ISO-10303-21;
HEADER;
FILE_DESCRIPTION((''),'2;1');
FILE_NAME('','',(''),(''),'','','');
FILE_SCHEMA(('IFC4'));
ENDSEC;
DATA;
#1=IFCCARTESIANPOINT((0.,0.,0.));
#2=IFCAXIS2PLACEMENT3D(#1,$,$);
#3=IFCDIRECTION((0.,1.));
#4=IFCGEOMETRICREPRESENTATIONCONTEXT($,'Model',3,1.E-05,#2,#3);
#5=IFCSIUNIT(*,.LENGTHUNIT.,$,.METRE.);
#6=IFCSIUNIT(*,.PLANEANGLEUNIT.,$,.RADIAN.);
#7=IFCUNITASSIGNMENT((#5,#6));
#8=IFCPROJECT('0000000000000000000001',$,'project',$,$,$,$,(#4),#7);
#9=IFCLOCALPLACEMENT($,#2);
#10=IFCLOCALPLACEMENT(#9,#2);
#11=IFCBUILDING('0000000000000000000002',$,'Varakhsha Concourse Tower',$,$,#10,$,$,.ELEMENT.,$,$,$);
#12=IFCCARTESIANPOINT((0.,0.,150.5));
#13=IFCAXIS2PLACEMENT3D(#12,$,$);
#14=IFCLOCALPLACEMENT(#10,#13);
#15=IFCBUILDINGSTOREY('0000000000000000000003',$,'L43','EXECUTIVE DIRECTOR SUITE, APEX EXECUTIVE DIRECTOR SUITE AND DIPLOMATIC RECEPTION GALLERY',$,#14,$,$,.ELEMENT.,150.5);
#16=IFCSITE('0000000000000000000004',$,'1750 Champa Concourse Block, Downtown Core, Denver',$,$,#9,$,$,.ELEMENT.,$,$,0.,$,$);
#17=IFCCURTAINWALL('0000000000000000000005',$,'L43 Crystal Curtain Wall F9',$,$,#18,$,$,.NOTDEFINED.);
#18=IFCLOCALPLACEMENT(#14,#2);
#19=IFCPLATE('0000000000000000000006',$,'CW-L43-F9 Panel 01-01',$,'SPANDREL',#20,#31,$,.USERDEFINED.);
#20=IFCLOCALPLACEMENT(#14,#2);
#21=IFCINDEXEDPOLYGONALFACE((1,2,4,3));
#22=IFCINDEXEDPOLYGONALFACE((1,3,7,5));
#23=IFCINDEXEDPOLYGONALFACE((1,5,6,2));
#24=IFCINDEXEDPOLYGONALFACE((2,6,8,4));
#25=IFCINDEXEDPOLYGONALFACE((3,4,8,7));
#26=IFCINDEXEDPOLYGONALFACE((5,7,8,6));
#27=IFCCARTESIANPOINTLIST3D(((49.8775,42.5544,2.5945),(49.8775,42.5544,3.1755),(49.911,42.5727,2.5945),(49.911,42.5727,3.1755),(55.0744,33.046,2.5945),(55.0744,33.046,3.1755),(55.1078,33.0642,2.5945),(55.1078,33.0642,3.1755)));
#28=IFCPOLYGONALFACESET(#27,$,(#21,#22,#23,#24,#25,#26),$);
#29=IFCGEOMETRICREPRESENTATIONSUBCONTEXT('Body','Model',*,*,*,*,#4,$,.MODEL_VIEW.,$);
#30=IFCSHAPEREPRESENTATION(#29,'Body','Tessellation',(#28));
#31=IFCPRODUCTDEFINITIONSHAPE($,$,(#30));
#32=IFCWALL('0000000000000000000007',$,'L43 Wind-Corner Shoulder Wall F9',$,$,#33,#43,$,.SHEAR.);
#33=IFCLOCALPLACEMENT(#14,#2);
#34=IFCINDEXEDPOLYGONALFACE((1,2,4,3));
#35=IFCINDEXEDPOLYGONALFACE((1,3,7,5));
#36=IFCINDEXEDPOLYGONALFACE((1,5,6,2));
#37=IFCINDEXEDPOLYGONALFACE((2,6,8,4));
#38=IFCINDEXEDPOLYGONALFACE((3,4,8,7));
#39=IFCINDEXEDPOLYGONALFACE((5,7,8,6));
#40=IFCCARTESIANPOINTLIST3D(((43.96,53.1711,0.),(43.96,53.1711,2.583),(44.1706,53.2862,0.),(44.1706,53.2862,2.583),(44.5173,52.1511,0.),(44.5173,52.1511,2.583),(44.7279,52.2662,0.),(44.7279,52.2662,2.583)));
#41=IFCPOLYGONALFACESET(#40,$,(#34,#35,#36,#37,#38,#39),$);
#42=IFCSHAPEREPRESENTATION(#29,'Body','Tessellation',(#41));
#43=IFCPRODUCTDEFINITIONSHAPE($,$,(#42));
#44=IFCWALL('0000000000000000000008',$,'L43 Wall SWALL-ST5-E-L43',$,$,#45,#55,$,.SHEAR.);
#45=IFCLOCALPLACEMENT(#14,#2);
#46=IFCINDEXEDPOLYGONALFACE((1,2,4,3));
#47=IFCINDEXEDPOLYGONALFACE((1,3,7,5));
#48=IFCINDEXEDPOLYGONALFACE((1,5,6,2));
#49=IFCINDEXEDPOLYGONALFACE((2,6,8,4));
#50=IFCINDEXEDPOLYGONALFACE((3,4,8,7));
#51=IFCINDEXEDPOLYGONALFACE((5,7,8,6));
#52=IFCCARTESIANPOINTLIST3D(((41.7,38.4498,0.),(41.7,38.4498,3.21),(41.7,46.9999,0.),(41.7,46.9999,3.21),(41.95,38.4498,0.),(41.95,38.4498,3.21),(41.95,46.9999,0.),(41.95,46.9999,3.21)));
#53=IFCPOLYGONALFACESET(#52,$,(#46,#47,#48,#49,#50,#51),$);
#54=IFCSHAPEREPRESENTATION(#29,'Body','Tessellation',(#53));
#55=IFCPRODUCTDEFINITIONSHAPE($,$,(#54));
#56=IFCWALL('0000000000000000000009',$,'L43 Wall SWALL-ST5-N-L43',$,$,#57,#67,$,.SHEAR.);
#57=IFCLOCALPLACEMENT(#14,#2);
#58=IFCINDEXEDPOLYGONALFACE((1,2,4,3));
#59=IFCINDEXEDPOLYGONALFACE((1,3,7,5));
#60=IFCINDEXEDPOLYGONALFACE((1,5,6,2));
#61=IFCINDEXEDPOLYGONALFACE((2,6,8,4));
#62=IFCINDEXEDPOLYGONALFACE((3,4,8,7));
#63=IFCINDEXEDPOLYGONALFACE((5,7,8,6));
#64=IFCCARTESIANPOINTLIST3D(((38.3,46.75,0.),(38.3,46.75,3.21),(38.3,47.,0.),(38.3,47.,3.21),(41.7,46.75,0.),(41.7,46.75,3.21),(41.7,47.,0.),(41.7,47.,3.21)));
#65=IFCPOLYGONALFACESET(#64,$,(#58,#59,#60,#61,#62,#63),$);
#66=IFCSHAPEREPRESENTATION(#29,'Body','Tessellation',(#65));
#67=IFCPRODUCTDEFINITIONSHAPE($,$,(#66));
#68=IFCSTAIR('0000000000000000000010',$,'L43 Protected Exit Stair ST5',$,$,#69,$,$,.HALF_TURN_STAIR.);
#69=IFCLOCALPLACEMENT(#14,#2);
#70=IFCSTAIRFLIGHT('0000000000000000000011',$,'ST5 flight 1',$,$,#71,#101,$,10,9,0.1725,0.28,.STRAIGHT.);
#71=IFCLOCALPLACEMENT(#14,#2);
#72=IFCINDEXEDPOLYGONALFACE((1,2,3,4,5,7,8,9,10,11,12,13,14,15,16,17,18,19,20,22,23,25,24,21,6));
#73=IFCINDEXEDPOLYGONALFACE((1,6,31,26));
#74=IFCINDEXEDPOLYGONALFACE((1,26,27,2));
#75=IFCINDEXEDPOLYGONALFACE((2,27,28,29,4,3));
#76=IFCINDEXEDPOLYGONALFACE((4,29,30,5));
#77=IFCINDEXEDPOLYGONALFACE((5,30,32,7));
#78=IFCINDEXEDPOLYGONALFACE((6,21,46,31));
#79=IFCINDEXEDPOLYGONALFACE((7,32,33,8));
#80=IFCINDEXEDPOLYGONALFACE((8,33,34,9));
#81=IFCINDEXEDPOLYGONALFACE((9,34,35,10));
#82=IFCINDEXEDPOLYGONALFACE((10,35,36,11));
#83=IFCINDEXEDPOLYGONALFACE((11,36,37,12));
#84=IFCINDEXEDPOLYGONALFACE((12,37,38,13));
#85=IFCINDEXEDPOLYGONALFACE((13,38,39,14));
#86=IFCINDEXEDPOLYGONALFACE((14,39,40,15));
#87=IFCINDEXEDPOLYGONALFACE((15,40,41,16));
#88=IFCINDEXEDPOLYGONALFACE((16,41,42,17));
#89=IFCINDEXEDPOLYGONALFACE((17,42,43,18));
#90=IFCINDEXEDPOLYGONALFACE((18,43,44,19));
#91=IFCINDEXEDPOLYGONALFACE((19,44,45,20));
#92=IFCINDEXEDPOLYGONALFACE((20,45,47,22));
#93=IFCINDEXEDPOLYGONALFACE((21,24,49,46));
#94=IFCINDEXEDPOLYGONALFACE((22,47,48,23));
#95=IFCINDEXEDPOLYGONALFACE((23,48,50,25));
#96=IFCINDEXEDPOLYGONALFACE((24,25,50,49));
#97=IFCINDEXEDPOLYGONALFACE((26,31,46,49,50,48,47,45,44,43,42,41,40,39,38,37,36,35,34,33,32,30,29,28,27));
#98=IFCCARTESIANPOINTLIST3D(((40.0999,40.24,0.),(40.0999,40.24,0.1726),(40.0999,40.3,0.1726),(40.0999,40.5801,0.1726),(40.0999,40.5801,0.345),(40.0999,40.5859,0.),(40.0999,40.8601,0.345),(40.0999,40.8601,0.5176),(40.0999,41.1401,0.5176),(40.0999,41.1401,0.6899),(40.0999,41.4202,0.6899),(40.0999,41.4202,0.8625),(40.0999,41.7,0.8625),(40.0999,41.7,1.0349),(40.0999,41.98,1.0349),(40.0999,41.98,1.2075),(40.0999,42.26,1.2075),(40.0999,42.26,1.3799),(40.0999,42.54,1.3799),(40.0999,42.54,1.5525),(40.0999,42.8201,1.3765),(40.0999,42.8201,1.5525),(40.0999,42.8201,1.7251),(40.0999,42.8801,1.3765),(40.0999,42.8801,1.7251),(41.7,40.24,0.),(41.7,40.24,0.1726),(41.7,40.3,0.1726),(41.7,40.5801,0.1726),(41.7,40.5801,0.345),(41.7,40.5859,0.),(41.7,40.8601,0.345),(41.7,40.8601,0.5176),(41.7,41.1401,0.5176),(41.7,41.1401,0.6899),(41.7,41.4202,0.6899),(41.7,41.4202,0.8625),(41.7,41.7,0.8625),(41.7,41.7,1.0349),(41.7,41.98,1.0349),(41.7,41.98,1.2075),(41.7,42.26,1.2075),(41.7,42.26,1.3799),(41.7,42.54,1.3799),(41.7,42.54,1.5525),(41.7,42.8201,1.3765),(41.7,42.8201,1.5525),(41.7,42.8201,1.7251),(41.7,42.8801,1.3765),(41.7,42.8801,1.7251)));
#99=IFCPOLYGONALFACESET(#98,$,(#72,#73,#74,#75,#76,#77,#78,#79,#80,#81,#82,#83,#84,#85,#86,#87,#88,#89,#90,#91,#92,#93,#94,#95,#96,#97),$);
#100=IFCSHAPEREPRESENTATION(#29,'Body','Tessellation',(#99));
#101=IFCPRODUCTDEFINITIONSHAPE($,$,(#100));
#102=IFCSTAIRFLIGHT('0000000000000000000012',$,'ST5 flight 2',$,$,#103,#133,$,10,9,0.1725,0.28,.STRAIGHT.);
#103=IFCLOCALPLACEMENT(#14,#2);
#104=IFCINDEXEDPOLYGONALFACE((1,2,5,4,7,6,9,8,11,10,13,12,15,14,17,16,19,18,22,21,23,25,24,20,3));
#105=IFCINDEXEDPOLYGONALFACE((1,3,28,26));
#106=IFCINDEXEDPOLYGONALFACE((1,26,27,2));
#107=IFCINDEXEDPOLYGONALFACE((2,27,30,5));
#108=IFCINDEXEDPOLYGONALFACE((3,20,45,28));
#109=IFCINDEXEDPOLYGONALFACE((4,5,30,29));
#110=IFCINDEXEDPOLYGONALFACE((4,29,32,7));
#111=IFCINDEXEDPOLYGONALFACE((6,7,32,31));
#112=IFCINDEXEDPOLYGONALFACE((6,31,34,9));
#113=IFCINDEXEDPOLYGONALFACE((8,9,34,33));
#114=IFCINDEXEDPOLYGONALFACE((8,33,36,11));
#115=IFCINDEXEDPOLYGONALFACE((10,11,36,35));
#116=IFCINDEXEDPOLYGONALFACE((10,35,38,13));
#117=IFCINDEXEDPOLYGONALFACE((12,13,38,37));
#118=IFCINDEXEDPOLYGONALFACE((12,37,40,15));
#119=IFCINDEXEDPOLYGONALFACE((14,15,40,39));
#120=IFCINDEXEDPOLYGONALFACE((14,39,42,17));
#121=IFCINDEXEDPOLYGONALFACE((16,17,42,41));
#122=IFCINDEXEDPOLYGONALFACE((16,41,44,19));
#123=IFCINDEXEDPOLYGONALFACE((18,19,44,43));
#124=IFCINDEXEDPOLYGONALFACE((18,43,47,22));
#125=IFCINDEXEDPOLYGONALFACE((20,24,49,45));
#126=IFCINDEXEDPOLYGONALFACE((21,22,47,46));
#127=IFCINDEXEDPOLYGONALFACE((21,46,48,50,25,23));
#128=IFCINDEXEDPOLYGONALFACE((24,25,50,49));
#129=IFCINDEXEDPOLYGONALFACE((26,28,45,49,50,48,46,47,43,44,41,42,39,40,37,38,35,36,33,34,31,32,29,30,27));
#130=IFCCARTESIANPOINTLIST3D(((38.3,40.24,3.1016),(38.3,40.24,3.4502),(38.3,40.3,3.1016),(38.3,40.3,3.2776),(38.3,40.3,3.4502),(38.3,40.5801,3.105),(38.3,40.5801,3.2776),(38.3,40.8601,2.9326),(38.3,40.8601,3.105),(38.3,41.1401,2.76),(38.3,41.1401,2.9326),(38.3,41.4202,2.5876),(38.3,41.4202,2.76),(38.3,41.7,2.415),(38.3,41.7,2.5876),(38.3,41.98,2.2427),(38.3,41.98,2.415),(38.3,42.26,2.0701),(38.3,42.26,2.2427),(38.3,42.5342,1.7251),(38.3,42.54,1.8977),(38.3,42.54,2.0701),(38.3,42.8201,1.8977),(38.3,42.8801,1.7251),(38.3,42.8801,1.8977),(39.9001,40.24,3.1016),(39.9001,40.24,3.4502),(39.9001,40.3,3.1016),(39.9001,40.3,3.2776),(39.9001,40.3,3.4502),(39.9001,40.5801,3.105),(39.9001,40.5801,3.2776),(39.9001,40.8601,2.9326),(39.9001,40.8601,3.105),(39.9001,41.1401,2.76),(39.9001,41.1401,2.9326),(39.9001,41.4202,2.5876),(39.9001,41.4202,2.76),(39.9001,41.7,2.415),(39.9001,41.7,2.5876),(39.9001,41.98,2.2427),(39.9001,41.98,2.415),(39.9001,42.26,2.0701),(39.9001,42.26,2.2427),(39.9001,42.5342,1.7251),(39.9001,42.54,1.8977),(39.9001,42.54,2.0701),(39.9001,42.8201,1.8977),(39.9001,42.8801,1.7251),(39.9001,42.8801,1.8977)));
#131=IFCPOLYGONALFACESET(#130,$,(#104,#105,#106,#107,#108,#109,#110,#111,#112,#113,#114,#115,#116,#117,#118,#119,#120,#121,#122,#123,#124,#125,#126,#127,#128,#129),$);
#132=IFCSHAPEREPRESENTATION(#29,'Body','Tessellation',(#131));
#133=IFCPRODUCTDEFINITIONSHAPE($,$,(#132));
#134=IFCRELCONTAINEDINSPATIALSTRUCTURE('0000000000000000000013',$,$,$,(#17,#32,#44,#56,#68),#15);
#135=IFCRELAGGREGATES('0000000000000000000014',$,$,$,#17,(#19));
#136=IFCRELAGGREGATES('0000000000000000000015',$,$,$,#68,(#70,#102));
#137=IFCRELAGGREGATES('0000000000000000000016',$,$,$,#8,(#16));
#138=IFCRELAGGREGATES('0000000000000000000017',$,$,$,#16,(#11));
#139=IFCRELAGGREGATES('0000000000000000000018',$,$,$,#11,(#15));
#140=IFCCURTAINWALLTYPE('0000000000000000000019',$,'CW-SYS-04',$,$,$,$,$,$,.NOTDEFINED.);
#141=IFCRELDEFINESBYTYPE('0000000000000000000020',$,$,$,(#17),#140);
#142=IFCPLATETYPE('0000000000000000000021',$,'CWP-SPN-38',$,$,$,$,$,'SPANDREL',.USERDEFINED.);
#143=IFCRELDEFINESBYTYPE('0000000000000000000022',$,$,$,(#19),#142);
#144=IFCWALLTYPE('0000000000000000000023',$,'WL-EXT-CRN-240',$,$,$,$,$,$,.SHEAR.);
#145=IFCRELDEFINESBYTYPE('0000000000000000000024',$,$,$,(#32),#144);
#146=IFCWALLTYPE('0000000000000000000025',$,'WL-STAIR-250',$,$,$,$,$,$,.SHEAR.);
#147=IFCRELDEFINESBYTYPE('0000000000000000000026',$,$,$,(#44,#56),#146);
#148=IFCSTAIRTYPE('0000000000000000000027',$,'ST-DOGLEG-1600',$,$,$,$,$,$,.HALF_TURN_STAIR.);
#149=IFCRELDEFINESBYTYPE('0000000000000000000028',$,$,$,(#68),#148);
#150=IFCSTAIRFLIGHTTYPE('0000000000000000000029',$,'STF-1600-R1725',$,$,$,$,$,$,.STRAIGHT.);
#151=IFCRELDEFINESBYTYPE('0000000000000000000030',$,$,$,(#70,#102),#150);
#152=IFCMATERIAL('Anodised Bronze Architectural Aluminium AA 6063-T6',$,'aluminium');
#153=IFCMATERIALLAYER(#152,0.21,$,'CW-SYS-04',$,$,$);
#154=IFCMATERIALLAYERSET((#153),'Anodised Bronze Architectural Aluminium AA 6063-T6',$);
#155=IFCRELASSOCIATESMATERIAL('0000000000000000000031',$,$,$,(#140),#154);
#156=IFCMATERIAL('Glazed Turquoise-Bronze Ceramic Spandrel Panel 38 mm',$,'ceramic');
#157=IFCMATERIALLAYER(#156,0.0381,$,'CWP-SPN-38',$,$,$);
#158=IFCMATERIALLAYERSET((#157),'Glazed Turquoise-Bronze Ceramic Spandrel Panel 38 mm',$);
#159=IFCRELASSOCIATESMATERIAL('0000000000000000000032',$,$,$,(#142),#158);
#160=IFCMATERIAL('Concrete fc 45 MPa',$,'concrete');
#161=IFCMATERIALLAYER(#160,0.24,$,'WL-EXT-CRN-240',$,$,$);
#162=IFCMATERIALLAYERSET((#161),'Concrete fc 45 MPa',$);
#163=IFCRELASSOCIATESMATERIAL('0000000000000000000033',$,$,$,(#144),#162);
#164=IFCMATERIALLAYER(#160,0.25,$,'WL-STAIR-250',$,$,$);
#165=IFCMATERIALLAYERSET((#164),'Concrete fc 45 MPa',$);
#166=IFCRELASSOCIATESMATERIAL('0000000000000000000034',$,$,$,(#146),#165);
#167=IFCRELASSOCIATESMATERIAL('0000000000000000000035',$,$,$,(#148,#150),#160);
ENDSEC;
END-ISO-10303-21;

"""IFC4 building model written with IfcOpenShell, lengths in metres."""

from ifc_helpers import new_model, si_unit, direction, frame, frame_2d, origin, origin_2d, place, context, subcontext, project, spatial, polyline, rectangle, outline, extrude, source, transform, mapped, material, layer, layer_set, type_object, element, aggregate, save


model = new_model("IFC4")

# Units and contexts
model_context = context("Model", 3, precision=1e-05, world=origin(), true_north=direction((0.0, 1.0)))
body_context = subcontext(model_context, "Body", "Model", "MODEL_VIEW")
ifc_project = project(units=[si_unit("LENGTHUNIT", "METRE"), si_unit("PLANEANGLEUNIT", "RADIAN")], contexts=[model_context])

# Site, building, storey
site_placement = place(None, origin())
site = spatial("IfcSite", under=ifc_project, at=site_placement, Name="1750 Champa Concourse Block, Downtown Core, Denver", CompositionType="ELEMENT", RefElevation=0.0)
building_placement = place(site_placement, origin())
building = spatial("IfcBuilding", under=site, at=building_placement, Name="Varakhsha Concourse Tower", CompositionType="ELEMENT")
storey_placement = place(building_placement, frame((0.0, 0.0, 150.5)))
storey = spatial("IfcBuildingStorey", under=building, at=storey_placement, Name="L43", Description="EXECUTIVE DIRECTOR SUITE, APEX EXECUTIVE DIRECTOR SUITE AND DIPLOMATIC RECEPTION GALLERY", CompositionType="ELEMENT", Elevation=150.5)

# Curtain wall
ifc_material_1 = material(Name="Anodised Bronze Architectural Aluminium AA 6063-T6", Category="aluminium")
ifc_layer_1 = layer(ifc_material_1, 0.21, Name="CW-SYS-04")
ifc_layer_set_1 = layer_set([ifc_layer_1], Name="Anodised Bronze Architectural Aluminium AA 6063-T6")
curtain_wall_type = type_object("IfcCurtainWallType", Name="CW-SYS-04", PredefinedType="NOTDEFINED", material=ifc_layer_set_1)
curtain_wall_placement = place(storey_placement, origin())
curtain_wall = element("IfcCurtainWall", 1, at=curtain_wall_placement, inside=storey, type_object=curtain_wall_type, Name="L43 Crystal Curtain Wall F9", PredefinedType="NOTDEFINED")

# Plate
ifc_material_2 = material(Name="Glazed Turquoise-Bronze Ceramic Spandrel Panel 38 mm", Category="ceramic")
ifc_layer_2 = layer(ifc_material_2, 0.0381, Name="CWP-SPN-38")
ifc_layer_set_2 = layer_set([ifc_layer_2], Name="Glazed Turquoise-Bronze Ceramic Spandrel Panel 38 mm")
plate_type_1 = type_object("IfcPlateType", Name="CWP-SPN-38", ElementType="SPANDREL", PredefinedType="USERDEFINED", material=ifc_layer_set_2)
shared_shape_1 = source(origin(), body_context, "Body", "SweptSolid", [
    extrude(rectangle(XDim=10.8359, YDim=0.0381, at=origin_2d()), origin(), (0.0, 0.0, 1.0), 0.5811),
])
plate_1_placement = place(storey_placement, frame((52.4927, 37.8093, 2.5945), z_axis=(0.0, 0.0, 1.0), x_axis=(0.479596, -0.87749, 0.0)))
plate_1 = element("IfcPlate", 2, at=plate_1_placement, type_object=plate_type_1, Name="CW-L43-F9 Panel 01-01", ObjectType="SPANDREL", PredefinedType="USERDEFINED", context=body_context, shape_type="MappedRepresentation", body=[
    mapped(shared_shape_1, transform((0.0, 0.0, 0.0), scale=1.0)),
])
aggregate(curtain_wall, [plate_1])

# Walls
ifc_material_3 = material(Name="Concrete fc 45 MPa", Category="concrete")
ifc_layer_3 = layer(ifc_material_3, 0.24, Name="WL-EXT-CRN-240")
ifc_layer_set_3 = layer_set([ifc_layer_3], Name="Concrete fc 45 MPa")
wall_type_1 = type_object("IfcWallType", Name="WL-EXT-CRN-240", PredefinedType="SHEAR", material=ifc_layer_set_3)
wall_1_placement = place(storey_placement, frame((44.6226, 52.2087, 0.0), z_axis=(0.0, 0.0, 1.0), x_axis=(-0.479514, 0.877534, 0.0)))
element("IfcWall", 3, at=wall_1_placement, inside=storey, type_object=wall_type_1, Name="L43 Wind-Corner Shoulder Wall F9", PredefinedType="SHEAR", context=body_context, shape_type="SweptSolid", body=[
    extrude(rectangle(XDim=1.1624, YDim=0.24, at=frame_2d((0.5811, 0.0))), origin(), (0.0, 0.0, 1.0), 2.583),
])
ifc_layer_4 = layer(ifc_material_3, 0.25, Name="WL-STAIR-250")
ifc_layer_set_4 = layer_set([ifc_layer_4], Name="Concrete fc 45 MPa")
wall_type_2 = type_object("IfcWallType", Name="WL-STAIR-250", PredefinedType="SHEAR", material=ifc_layer_set_4)
wall_2_placement = place(storey_placement, frame((41.825, 38.45, 0.0), z_axis=(0.0, 0.0, 1.0), x_axis=(0.0, 1.0, 0.0)))
element("IfcWall", 4, at=wall_2_placement, inside=storey, type_object=wall_type_2, Name="L43 Wall SWALL-ST5-E-L43", PredefinedType="SHEAR", context=body_context, shape_type="SweptSolid", body=[
    extrude(rectangle(XDim=8.55, YDim=0.25, at=frame_2d((4.2749, 0.0))), origin(), (0.0, 0.0, 1.0), 3.21),
])
wall_3_placement = place(storey_placement, frame((38.3, 46.875, 0.0), z_axis=(0.0, 0.0, 1.0), x_axis=(1.0, 0.0, 0.0)))
element("IfcWall", 5, at=wall_3_placement, inside=storey, type_object=wall_type_2, Name="L43 Wall SWALL-ST5-N-L43", PredefinedType="SHEAR", context=body_context, shape_type="SweptSolid", body=[
    extrude(rectangle(XDim=3.3999, YDim=0.25, at=frame_2d((1.7, 0.0))), origin(), (0.0, 0.0, 1.0), 3.21),
])

# Stair, stair flights
stair_type = type_object("IfcStairType", Name="ST-DOGLEG-1600", PredefinedType="HALF_TURN_STAIR", material=ifc_material_3)
stair_placement = place(storey_placement, origin())
stair = element("IfcStair", 6, at=stair_placement, inside=storey, type_object=stair_type, Name="L43 Protected Exit Stair ST5", PredefinedType="HALF_TURN_STAIR")
stair_flight_type = type_object("IfcStairFlightType", Name="STF-1600-R1725", PredefinedType="STRAIGHT", material=ifc_material_3)
stair_flight_1_placement = place(storey_placement, frame((40.8999, 40.3, 0.0), z_axis=(0.0, 0.0, 1.0), x_axis=(0.0, 1.0, 0.0)))
stair_flight_1 = element("IfcStairFlight", 7, at=stair_flight_1_placement, type_object=stair_flight_type, Name="ST5 flight 1", NumberOfRisers=10, NumberOfTreads=9, PredefinedType="STRAIGHT", RiserHeight=0.1725, TreadLength=0.28, context=body_context, shape_type="SweptSolid", body=[
    extrude(outline(polyline([(-0.0601, 0.0), (-0.0601, 0.1726), (0.0, 0.1726), (0.28, 0.1726), (0.28, 0.345), (0.5601, 0.345), (0.5601, 0.5176), (0.8401, 0.5176), (0.8401, 0.6899), (1.1201, 0.6899), (1.1201, 0.8625), (1.3999, 0.8625), (1.3999, 1.0349), (1.6799, 1.0349), (1.6799, 1.2075), (1.96, 1.2075), (1.96, 1.3799), (2.24, 1.3799), (2.24, 1.5525), (2.52, 1.5525), (2.52, 1.7251), (2.5801, 1.7251), (2.5801, 1.3765), (2.52, 1.3765), (0.2859, 0.0), (-0.0601, 0.0)])), frame((0.0, 0.8, 0.0), z_axis=(0.0, -1.0, 0.0), x_axis=(1.0, 0.0, 0.0)), (0.0, 0.0, 1.0), 1.6001),
])
stair_flight_2_placement = place(storey_placement, frame((39.1001, 42.8201, 1.7251), z_axis=(0.0, 0.0, 1.0), x_axis=(0.0, -1.0, 0.0)))
stair_flight_2 = element("IfcStairFlight", 8, at=stair_flight_2_placement, type_object=stair_flight_type, Name="ST5 flight 2", NumberOfRisers=10, NumberOfTreads=9, PredefinedType="STRAIGHT", RiserHeight=0.1725, TreadLength=0.28, context=body_context, shape_type="SweptSolid", body=[
    extrude(outline(polyline([(-0.0601, 0.0), (-0.0601, 0.1726), (0.0, 0.1726), (0.28, 0.1726), (0.28, 0.345), (0.5601, 0.345), (0.5601, 0.5176), (0.8401, 0.5176), (0.8401, 0.6899), (1.1201, 0.6899), (1.1201, 0.8625), (1.3999, 0.8625), (1.3999, 1.0349), (1.6799, 1.0349), (1.6799, 1.2075), (1.96, 1.2075), (1.96, 1.3799), (2.24, 1.3799), (2.24, 1.5525), (2.52, 1.5525), (2.52, 1.7251), (2.5801, 1.7251), (2.5801, 1.3765), (2.52, 1.3765), (0.2859, 0.0), (-0.0601, 0.0)])), frame((0.0, 0.8, 0.0), z_axis=(0.0, -1.0, 0.0), x_axis=(1.0, 0.0, 0.0)), (0.0, 0.0, 1.0), 1.6001),
])
aggregate(stair, [stair_flight_1, stair_flight_2])

save(model, "model.ifc")
